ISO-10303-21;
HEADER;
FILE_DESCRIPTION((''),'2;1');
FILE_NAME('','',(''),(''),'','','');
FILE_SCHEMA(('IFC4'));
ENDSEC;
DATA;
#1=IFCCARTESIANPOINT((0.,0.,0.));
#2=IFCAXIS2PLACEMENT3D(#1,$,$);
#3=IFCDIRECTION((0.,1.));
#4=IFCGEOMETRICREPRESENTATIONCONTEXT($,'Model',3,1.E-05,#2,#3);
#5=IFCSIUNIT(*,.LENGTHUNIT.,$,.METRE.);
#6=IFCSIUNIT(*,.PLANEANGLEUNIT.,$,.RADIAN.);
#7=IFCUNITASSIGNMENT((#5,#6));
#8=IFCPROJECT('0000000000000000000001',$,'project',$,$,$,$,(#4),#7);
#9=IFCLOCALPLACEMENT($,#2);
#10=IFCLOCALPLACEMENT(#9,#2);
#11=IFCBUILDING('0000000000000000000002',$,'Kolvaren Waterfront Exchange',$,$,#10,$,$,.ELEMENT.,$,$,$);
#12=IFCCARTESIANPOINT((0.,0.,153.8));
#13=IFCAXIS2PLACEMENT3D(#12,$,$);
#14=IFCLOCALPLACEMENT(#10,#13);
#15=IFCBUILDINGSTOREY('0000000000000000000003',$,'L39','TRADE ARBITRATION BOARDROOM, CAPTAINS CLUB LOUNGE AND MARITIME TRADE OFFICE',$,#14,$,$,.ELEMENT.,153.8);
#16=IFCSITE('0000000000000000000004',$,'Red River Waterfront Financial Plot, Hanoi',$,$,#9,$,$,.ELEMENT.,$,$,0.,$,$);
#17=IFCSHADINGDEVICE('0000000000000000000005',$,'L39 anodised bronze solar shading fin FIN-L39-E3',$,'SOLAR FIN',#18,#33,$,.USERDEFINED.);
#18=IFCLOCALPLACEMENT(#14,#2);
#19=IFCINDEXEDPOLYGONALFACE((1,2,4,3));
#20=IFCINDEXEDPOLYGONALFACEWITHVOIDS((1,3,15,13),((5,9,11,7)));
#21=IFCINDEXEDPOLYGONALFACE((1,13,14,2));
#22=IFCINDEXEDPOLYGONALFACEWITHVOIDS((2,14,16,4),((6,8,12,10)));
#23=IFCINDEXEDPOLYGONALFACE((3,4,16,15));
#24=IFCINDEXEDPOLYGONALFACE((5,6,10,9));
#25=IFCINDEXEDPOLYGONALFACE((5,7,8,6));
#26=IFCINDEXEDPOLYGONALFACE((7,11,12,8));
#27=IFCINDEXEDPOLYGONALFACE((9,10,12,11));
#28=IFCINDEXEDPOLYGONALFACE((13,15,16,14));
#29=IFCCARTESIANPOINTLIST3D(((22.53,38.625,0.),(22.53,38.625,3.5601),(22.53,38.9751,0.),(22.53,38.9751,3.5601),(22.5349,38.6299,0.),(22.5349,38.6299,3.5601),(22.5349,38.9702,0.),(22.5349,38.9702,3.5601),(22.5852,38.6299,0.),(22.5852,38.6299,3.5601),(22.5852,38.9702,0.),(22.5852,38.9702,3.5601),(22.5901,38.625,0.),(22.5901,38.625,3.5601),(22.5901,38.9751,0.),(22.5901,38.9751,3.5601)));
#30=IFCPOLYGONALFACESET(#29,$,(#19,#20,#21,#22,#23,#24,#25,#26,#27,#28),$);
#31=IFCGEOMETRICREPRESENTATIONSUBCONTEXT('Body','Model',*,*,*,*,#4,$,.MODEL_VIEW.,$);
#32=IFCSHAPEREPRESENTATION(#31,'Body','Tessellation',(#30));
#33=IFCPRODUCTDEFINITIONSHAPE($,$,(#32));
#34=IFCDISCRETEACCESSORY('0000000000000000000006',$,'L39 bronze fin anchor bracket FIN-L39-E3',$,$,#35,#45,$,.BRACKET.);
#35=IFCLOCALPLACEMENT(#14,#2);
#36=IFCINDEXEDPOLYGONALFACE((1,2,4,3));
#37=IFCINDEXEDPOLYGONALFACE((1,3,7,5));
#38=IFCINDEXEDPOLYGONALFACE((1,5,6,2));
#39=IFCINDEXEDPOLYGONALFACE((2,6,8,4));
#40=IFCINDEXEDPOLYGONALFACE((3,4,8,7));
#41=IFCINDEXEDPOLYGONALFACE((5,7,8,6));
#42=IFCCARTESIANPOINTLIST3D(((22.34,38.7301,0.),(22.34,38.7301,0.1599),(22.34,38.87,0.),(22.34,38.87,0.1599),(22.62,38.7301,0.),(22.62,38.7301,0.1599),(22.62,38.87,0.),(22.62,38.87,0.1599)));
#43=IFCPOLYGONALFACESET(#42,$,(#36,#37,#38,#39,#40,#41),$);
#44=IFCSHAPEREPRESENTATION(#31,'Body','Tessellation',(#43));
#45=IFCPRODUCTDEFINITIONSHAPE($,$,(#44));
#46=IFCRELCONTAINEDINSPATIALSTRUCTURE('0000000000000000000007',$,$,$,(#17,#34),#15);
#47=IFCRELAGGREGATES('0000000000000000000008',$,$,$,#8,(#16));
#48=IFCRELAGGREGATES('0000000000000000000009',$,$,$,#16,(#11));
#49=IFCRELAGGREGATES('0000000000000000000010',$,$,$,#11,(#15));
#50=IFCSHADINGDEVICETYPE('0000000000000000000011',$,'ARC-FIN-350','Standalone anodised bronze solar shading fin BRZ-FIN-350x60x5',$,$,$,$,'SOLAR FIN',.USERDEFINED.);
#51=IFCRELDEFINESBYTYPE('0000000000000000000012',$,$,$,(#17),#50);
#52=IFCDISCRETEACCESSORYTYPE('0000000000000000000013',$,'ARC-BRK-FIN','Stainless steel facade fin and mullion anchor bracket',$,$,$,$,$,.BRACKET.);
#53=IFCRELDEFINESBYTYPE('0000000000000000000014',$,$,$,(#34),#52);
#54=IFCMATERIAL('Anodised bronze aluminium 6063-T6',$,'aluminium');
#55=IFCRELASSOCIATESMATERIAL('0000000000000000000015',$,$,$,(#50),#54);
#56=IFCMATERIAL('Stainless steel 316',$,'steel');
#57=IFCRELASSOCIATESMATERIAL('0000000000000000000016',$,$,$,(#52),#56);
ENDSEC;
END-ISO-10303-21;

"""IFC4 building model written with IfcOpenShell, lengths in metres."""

from ifc_helpers import new_model, si_unit, direction, frame, origin, origin_with_axes, origin_2d, place, context, subcontext, project, spatial, rectangle, hollow_rectangle, extrude, source, transform, mapped, material, material_profile, profile_set, type_object, element, save


model = new_model("IFC4")

# Units and contexts
model_context = context("Model", 3, precision=1e-05, world=origin(), true_north=direction((0.0, 1.0)))
body_context = subcontext(model_context, "Body", "Model", "MODEL_VIEW")
ifc_project = project(units=[si_unit("LENGTHUNIT", "METRE"), si_unit("PLANEANGLEUNIT", "RADIAN")], contexts=[model_context])

# Site, building, storey
site_placement = place(None, origin())
site = spatial("IfcSite", under=ifc_project, at=site_placement, Name="Red River Waterfront Financial Plot, Hanoi", CompositionType="ELEMENT", RefElevation=0.0)
building_placement = place(site_placement, origin())
building = spatial("IfcBuilding", under=site, at=building_placement, Name="Kolvaren Waterfront Exchange", CompositionType="ELEMENT")
storey_placement = place(building_placement, frame((0.0, 0.0, 153.8)))
storey = spatial("IfcBuildingStorey", under=building, at=storey_placement, Name="L39", Description="TRADE ARBITRATION BOARDROOM, CAPTAINS CLUB LOUNGE AND MARITIME TRADE OFFICE", CompositionType="ELEMENT", Elevation=153.8)

# Shared definitions
ifc_material_1 = material(Name="Anodised bronze aluminium 6063-T6", Category="aluminium")

# Shading device
ifc_material_profile_1 = material_profile(ifc_material_1, hollow_rectangle(XDim=0.0601, YDim=0.3501, WallThickness=0.0049, at=origin_2d()), Name="BRZ-FIN-350x60x5")
ifc_profile_set_1 = profile_set([ifc_material_profile_1], Name="Anodised bronze aluminium 6063-T6")
shading_device_type = type_object("IfcShadingDeviceType", Name="ARC-FIN-350", Description="Standalone anodised bronze solar shading fin BRZ-FIN-350x60x5", ElementType="SOLAR FIN", PredefinedType="USERDEFINED", material=ifc_profile_set_1)
shading_device_placement = place(storey_placement, frame((22.5601, 38.8, 0.0), z_axis=(0.0, 0.0, 1.0), x_axis=(1.0, 0.0, 0.0)))
element("IfcShadingDevice", 1, at=shading_device_placement, inside=storey, type_object=shading_device_type, Name="L39 anodised bronze solar shading fin FIN-L39-E3", ObjectType="SOLAR FIN", PredefinedType="USERDEFINED", context=body_context, shape_type="SweptSolid", body=[
    extrude(hollow_rectangle(XDim=0.0601, YDim=0.3501, WallThickness=0.0049, at=origin_2d()), origin(), (0.0, 0.0, 1.0), 3.5601),
])

# Discrete accessory
ifc_material_2 = material(Name="Stainless steel 316", Category="steel")
discrete_accessory_type = type_object("IfcDiscreteAccessoryType", Name="ARC-BRK-FIN", Description="Stainless steel facade fin and mullion anchor bracket", PredefinedType="BRACKET", material=ifc_material_2)
shared_shape_1 = source(origin_with_axes(), body_context, "Body", "SweptSolid", [
    extrude(rectangle(XDim=0.28, YDim=0.1399, at=origin_2d()), origin(), (0.0, 0.0, 1.0), 0.1599),
])
discrete_accessory_placement = place(storey_placement, frame((22.48, 38.8, 0.0), z_axis=(0.0, 0.0, 1.0), x_axis=(1.0, 0.0, 0.0)))
element("IfcDiscreteAccessory", 2, at=discrete_accessory_placement, inside=storey, type_object=discrete_accessory_type, Name="L39 bronze fin anchor bracket FIN-L39-E3", PredefinedType="BRACKET", context=body_context, shape_type="MappedRepresentation", body=[
    mapped(shared_shape_1, transform((0.0, 0.0, 0.0), x_axis=(1.0, 0.0, 0.0), y_axis=(0.0, 1.0, 0.0), z_axis=(0.0, 0.0, 1.0), scale=1.0)),
])

save(model, "model.ifc")
